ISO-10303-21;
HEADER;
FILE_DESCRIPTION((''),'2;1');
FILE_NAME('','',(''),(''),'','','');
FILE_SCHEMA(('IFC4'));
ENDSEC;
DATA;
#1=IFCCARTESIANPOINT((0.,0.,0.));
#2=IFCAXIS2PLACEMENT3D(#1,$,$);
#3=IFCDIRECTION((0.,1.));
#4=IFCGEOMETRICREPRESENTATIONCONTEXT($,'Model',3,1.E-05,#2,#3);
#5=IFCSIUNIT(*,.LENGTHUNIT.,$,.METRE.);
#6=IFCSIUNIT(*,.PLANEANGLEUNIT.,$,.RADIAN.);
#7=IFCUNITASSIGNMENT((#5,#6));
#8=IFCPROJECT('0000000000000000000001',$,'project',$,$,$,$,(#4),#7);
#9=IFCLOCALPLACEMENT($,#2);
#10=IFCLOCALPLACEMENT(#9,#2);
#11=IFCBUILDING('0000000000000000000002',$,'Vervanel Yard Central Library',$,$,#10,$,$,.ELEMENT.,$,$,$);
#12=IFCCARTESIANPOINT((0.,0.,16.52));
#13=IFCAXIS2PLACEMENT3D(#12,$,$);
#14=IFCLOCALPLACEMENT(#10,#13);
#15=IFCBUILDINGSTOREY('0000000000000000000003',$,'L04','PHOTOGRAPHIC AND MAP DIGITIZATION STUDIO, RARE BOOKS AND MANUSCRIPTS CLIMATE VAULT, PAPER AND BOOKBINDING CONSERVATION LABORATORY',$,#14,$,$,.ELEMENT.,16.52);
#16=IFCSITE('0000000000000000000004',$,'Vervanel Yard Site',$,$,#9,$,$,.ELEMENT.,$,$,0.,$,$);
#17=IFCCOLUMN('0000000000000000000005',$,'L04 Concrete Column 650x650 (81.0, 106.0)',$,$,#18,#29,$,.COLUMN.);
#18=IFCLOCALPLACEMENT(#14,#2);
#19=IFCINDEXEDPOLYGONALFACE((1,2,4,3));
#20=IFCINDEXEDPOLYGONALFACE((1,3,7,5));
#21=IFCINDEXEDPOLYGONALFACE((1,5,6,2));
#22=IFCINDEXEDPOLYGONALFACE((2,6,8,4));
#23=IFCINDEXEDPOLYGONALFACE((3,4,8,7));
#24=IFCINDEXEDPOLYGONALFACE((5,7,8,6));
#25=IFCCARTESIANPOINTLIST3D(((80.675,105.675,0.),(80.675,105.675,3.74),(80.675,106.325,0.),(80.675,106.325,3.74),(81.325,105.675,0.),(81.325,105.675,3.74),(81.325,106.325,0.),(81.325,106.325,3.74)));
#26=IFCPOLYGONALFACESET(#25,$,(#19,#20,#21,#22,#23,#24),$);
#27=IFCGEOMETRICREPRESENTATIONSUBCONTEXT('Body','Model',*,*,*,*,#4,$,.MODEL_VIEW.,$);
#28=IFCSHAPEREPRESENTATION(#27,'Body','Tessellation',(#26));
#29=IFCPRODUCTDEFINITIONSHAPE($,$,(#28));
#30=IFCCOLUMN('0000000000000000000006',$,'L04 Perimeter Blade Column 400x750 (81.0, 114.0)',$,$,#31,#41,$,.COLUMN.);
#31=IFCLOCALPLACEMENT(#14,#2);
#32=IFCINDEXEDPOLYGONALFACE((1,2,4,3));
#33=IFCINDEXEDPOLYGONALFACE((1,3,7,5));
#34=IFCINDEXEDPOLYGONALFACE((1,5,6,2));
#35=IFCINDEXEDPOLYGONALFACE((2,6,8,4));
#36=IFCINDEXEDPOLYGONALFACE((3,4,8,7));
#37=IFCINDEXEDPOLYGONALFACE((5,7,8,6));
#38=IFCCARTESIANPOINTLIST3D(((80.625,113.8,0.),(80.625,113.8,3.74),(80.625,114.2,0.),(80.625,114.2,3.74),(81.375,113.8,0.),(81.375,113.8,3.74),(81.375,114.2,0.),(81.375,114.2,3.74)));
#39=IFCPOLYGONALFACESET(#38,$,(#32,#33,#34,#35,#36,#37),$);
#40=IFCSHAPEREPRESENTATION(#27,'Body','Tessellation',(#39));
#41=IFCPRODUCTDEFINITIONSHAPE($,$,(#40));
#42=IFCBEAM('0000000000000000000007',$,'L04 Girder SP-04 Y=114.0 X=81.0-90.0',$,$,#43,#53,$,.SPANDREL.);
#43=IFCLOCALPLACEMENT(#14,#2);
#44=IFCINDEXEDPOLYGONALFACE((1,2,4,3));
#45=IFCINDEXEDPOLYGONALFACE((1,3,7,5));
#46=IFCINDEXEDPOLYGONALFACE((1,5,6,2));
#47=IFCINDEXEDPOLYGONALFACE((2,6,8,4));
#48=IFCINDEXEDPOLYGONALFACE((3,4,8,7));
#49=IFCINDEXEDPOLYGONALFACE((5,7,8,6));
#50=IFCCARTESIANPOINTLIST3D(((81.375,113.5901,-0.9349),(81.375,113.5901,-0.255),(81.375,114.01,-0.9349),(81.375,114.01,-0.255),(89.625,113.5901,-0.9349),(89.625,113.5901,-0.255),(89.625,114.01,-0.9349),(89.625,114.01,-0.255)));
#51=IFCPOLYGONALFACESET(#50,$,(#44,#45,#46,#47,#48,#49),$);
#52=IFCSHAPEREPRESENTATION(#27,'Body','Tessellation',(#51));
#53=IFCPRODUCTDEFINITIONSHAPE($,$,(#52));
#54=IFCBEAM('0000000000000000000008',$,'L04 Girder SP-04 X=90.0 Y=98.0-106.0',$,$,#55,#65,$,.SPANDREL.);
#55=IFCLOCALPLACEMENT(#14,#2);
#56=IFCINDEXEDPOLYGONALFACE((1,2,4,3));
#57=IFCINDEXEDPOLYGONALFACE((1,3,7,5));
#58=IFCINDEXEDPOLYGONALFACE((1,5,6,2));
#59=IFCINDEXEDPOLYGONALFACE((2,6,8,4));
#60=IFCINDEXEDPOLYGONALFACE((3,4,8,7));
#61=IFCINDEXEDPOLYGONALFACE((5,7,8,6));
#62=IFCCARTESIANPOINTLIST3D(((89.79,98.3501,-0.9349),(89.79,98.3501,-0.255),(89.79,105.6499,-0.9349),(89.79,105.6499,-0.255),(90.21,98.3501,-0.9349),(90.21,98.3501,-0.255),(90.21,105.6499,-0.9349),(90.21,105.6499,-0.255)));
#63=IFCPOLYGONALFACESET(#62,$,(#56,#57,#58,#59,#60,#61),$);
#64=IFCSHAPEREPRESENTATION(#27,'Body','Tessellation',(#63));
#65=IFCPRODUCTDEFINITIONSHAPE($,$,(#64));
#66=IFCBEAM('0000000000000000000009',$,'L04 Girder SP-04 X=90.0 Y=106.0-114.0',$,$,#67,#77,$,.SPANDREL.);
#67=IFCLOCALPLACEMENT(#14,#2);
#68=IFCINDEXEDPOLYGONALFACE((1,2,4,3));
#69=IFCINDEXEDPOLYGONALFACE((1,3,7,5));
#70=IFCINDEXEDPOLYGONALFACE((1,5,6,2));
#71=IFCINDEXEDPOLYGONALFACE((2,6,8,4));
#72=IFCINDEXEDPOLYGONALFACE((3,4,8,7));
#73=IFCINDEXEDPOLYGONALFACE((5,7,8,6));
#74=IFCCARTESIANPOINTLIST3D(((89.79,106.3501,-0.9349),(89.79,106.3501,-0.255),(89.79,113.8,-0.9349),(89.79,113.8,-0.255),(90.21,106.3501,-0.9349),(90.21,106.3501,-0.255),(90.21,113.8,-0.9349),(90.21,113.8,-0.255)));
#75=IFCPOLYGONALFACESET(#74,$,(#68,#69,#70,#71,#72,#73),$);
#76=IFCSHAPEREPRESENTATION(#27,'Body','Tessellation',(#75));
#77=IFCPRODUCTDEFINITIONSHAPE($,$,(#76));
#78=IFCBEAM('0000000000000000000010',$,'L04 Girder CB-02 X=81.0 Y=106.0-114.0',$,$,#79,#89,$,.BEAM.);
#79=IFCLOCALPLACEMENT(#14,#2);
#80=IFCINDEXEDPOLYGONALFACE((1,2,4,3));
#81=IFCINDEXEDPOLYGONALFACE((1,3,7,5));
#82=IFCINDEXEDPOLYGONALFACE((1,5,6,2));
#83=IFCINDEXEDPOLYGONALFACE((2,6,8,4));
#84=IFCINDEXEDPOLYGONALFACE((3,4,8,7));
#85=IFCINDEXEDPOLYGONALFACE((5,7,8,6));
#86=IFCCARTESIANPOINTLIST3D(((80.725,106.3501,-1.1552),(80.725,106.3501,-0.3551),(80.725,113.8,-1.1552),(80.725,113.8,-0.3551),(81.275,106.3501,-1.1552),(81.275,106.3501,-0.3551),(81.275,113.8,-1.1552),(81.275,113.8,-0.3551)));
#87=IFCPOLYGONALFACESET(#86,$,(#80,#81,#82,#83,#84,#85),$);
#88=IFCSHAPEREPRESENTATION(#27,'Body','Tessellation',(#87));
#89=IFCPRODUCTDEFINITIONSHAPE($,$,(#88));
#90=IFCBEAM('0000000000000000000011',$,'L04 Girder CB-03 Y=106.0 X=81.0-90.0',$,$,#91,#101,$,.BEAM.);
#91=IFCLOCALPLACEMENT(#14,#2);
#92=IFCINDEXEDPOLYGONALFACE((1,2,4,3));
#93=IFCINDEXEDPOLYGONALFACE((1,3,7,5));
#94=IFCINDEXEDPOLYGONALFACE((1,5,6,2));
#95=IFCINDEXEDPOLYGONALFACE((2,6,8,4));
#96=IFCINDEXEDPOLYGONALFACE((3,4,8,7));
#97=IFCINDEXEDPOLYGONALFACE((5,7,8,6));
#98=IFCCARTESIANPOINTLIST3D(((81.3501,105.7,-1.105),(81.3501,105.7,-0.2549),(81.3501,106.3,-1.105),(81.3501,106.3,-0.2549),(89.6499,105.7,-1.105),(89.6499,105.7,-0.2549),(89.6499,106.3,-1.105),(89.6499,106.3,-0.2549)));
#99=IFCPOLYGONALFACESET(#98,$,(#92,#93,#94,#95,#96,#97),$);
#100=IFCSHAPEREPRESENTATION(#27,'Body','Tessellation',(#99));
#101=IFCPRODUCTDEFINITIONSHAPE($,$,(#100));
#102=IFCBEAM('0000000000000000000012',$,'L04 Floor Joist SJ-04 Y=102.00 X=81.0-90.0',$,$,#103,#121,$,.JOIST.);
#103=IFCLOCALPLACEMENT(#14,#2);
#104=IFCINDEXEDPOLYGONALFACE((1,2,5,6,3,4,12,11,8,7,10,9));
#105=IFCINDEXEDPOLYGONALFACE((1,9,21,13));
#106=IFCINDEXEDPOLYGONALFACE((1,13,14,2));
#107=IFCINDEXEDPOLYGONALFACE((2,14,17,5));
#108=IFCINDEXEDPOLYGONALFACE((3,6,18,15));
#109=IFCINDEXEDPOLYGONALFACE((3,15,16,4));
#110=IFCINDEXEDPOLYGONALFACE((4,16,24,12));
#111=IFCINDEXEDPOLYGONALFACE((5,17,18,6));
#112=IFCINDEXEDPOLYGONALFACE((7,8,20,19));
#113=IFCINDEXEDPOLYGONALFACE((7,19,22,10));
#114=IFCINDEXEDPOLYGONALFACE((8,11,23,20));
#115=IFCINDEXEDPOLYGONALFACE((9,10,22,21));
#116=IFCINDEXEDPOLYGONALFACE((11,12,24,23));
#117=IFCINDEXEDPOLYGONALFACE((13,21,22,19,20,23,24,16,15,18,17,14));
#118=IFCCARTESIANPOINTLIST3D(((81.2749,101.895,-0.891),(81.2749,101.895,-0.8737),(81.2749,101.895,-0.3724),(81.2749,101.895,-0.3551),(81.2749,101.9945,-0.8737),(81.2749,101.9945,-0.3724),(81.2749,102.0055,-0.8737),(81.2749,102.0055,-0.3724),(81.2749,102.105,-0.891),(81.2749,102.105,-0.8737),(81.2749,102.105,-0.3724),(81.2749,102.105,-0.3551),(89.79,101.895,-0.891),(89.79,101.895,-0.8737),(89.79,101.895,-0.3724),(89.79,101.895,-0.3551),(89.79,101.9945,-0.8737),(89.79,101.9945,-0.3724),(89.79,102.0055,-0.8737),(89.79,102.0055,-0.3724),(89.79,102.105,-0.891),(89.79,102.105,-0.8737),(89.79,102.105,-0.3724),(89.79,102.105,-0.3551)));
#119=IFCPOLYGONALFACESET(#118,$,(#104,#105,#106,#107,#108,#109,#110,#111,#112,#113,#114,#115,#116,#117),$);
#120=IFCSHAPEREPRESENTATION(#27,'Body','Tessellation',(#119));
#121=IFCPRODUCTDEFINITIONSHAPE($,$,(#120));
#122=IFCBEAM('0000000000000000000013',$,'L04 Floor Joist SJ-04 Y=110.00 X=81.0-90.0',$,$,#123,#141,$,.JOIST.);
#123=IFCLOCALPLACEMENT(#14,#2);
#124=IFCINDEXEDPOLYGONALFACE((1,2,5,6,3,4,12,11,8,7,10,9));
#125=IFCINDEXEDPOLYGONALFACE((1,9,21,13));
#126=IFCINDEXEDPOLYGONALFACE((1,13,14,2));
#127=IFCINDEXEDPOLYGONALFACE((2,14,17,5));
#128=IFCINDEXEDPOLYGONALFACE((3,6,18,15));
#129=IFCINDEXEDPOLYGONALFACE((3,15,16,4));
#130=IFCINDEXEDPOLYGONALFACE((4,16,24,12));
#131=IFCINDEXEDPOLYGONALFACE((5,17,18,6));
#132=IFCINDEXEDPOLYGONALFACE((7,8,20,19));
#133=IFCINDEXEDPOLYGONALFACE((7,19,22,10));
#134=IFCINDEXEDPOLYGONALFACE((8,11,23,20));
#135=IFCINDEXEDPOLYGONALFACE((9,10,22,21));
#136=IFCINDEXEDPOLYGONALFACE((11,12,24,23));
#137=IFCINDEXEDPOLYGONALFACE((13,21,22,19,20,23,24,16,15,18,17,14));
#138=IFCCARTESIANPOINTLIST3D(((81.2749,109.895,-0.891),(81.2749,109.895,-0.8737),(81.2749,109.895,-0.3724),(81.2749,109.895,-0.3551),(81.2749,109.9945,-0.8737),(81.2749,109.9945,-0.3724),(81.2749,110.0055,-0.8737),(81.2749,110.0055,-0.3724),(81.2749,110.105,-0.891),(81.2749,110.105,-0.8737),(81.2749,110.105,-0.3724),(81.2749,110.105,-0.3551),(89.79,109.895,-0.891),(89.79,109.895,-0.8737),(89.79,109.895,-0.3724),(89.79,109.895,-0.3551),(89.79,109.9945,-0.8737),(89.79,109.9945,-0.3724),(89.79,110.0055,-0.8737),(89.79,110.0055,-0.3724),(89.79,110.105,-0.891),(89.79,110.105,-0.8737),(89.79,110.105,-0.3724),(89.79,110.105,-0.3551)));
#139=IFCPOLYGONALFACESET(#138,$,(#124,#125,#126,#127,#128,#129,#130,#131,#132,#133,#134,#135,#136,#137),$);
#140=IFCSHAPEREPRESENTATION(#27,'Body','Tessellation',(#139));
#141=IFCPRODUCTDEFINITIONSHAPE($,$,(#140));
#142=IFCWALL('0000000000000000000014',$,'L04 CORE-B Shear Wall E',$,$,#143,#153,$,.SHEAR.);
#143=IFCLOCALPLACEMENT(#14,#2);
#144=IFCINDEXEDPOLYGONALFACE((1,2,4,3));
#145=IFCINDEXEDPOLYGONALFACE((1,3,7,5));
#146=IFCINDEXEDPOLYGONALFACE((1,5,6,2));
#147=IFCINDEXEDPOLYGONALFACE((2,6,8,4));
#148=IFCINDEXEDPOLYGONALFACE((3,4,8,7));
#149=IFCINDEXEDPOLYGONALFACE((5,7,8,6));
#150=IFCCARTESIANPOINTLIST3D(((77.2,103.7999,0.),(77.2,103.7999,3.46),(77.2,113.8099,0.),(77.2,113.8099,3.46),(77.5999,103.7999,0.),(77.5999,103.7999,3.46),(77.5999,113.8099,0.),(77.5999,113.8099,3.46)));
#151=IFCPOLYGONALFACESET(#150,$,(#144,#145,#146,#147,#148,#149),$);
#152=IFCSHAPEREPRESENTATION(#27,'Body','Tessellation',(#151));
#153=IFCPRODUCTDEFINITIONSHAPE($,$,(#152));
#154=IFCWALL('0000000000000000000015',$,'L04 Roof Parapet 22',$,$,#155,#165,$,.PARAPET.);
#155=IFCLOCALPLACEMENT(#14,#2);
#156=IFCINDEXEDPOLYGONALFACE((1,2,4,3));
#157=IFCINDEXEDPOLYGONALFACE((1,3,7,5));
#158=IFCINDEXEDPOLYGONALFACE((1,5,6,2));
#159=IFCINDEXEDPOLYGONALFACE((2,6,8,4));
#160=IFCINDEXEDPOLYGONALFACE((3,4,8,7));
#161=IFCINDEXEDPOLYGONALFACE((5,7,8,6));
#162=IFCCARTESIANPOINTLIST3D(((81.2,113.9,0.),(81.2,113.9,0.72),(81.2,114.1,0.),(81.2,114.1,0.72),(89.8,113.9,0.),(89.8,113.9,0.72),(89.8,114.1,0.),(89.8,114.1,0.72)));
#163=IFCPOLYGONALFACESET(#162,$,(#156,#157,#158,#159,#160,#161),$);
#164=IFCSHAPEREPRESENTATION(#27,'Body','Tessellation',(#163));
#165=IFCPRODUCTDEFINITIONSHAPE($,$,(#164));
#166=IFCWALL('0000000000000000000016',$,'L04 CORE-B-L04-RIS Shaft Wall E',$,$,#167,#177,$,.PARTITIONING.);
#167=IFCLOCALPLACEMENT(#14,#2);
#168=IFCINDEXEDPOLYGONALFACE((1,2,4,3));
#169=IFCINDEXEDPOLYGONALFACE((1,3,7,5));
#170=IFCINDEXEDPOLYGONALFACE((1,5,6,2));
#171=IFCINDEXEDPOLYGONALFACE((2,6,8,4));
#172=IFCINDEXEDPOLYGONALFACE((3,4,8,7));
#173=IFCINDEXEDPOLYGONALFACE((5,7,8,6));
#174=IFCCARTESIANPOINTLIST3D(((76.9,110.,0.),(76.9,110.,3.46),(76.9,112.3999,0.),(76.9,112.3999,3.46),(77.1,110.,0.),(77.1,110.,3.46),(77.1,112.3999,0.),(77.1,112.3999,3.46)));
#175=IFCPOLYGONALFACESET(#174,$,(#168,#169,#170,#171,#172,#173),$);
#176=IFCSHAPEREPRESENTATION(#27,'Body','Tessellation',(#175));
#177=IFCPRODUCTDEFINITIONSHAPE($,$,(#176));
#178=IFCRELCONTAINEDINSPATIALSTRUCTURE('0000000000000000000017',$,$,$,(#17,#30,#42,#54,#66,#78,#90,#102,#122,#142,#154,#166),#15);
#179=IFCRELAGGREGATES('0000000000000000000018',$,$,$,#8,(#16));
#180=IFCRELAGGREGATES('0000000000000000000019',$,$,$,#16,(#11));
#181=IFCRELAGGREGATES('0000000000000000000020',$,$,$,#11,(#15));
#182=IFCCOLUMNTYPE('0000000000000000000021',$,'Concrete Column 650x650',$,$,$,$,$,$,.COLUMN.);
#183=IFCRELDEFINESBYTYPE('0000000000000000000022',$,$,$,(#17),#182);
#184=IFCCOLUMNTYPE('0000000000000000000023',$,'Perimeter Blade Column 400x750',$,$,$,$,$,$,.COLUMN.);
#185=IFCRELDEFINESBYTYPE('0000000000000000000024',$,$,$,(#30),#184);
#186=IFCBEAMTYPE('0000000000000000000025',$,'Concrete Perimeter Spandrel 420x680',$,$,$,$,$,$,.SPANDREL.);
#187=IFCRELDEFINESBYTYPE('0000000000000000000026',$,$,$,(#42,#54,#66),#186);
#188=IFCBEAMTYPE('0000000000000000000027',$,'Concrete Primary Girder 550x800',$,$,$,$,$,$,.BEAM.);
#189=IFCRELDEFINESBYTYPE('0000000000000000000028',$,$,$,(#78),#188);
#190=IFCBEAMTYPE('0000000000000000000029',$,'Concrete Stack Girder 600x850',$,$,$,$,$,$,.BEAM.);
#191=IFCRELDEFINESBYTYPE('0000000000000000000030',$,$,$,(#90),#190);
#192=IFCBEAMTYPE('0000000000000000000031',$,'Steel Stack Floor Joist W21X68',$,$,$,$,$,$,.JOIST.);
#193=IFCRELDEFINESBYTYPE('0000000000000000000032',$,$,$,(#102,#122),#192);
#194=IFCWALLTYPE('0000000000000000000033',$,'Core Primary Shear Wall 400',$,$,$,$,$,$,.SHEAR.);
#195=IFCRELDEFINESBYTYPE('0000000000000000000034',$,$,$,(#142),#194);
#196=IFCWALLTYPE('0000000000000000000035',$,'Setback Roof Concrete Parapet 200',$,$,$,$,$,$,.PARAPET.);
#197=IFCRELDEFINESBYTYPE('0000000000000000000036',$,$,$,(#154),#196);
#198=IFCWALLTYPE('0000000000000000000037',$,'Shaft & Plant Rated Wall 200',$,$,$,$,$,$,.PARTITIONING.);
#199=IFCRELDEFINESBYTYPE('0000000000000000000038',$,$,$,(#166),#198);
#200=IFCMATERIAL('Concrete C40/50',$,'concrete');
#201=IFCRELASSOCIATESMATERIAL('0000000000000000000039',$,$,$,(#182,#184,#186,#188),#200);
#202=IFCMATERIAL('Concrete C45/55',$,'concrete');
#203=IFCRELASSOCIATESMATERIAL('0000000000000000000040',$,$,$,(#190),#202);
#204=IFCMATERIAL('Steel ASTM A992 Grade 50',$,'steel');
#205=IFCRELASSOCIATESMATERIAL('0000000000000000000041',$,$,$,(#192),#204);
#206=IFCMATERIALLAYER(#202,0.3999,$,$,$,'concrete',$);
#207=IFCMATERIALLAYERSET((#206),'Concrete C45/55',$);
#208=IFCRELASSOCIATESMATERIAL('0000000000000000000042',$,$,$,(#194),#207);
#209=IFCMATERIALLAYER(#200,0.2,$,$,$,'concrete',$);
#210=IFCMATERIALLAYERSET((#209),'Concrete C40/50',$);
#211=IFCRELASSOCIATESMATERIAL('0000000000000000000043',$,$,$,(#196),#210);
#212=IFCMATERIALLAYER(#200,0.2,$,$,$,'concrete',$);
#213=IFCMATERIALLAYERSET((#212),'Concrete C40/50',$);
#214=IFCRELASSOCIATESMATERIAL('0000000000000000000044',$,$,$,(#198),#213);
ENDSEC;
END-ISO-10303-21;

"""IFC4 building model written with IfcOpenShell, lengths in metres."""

from ifc_helpers import new_model, si_unit, direction, frame, frame_2d, origin, origin_2d, place, context, subcontext, project, spatial, rectangle, i_section, extrude, material, layer, layer_set, material_profile, profile_set, type_object, element, save


model = new_model("IFC4")

# Units and contexts
model_context = context("Model", 3, precision=1e-05, world=origin(), true_north=direction((0.0, 1.0)))
body_context = subcontext(model_context, "Body", "Model", "MODEL_VIEW")
ifc_project = project(units=[si_unit("LENGTHUNIT", "METRE"), si_unit("PLANEANGLEUNIT", "RADIAN")], contexts=[model_context])

# Site, building, storey
site_placement = place(None, origin())
site = spatial("IfcSite", under=ifc_project, at=site_placement, Name="Vervanel Yard Site", CompositionType="ELEMENT", RefElevation=0.0)
building_placement = place(site_placement, origin())
building = spatial("IfcBuilding", under=site, at=building_placement, Name="Vervanel Yard Central Library", CompositionType="ELEMENT")
storey_placement = place(building_placement, frame((0.0, 0.0, 16.52)))
storey = spatial("IfcBuildingStorey", under=building, at=storey_placement, Name="L04", Description="PHOTOGRAPHIC AND MAP DIGITIZATION STUDIO, RARE BOOKS AND MANUSCRIPTS CLIMATE VAULT, PAPER AND BOOKBINDING CONSERVATION LABORATORY", CompositionType="ELEMENT", Elevation=16.52)

# Columns
ifc_material_1 = material(Name="Concrete C40/50", Category="concrete")
ifc_material_profile_1 = material_profile(ifc_material_1, rectangle(XDim=0.6499, YDim=0.6499, at=origin_2d()), Name="RC 650x650", Category="concrete")
ifc_profile_set_1 = profile_set([ifc_material_profile_1], Name="Concrete C40/50")
column_type_1 = type_object("IfcColumnType", Name="Concrete Column 650x650", PredefinedType="COLUMN", material=ifc_profile_set_1)
column_1_placement = place(storey_placement, frame((81.0, 106.0, 0.0), z_axis=(0.0, 0.0, 1.0), x_axis=(1.0, 0.0, 0.0)))
element("IfcColumn", 1, at=column_1_placement, inside=storey, type_object=column_type_1, Name="L04 Concrete Column 650x650 (81.0, 106.0)", PredefinedType="COLUMN", context=body_context, shape_type="SweptSolid", body=[
    extrude(rectangle(XDim=0.6499, YDim=0.6499, at=origin_2d()), origin(), (0.0, 0.0, 1.0), 3.74),
])
ifc_material_profile_2 = material_profile(ifc_material_1, rectangle(XDim=0.3999, YDim=0.75, at=origin_2d()), Name="RC 400x750", Category="concrete")
ifc_profile_set_2 = profile_set([ifc_material_profile_2], Name="Concrete C40/50")
column_type_2 = type_object("IfcColumnType", Name="Perimeter Blade Column 400x750", PredefinedType="COLUMN", material=ifc_profile_set_2)
column_2_placement = place(storey_placement, frame((81.0, 114.0, 0.0), z_axis=(0.0, 0.0, 1.0), x_axis=(0.0, 1.0, 0.0)))
element("IfcColumn", 2, at=column_2_placement, inside=storey, type_object=column_type_2, Name="L04 Perimeter Blade Column 400x750 (81.0, 114.0)", PredefinedType="COLUMN", context=body_context, shape_type="SweptSolid", body=[
    extrude(rectangle(XDim=0.3999, YDim=0.75, at=origin_2d()), origin(), (0.0, 0.0, 1.0), 3.74),
])

# Beams
ifc_material_profile_3 = material_profile(ifc_material_1, rectangle(XDim=0.4199, YDim=0.6799, at=origin_2d()), Name="RC 420x680", Category="concrete")
ifc_profile_set_3 = profile_set([ifc_material_profile_3], Name="Concrete C40/50")
beam_type_1 = type_object("IfcBeamType", Name="Concrete Perimeter Spandrel 420x680", PredefinedType="SPANDREL", material=ifc_profile_set_3)
beam_1_placement = place(storey_placement, frame((81.375, 113.8, -0.595), z_axis=(1.0, 0.0, 0.0), x_axis=(0.0, 1.0, 0.0)))
element("IfcBeam", 3, at=beam_1_placement, inside=storey, type_object=beam_type_1, Name="L04 Girder SP-04 Y=114.0 X=81.0-90.0", PredefinedType="SPANDREL", context=body_context, shape_type="SweptSolid", body=[
    extrude(rectangle(XDim=0.4199, YDim=0.6799, at=origin_2d()), origin(), (0.0, 0.0, 1.0), 8.25),
])
beam_2_placement = place(storey_placement, frame((90.0, 98.3501, -0.595), z_axis=(0.0, 1.0, 0.0), x_axis=(-1.0, 0.0, 0.0)))
element("IfcBeam", 4, at=beam_2_placement, inside=storey, type_object=beam_type_1, Name="L04 Girder SP-04 X=90.0 Y=98.0-106.0", PredefinedType="SPANDREL", context=body_context, shape_type="SweptSolid", body=[
    extrude(rectangle(XDim=0.4199, YDim=0.6799, at=origin_2d()), origin(), (0.0, 0.0, 1.0), 7.2998),
])
beam_3_placement = place(storey_placement, frame((90.0, 106.3501, -0.595), z_axis=(0.0, 1.0, 0.0), x_axis=(-1.0, 0.0, 0.0)))
element("IfcBeam", 5, at=beam_3_placement, inside=storey, type_object=beam_type_1, Name="L04 Girder SP-04 X=90.0 Y=106.0-114.0", PredefinedType="SPANDREL", context=body_context, shape_type="SweptSolid", body=[
    extrude(rectangle(XDim=0.4199, YDim=0.6799, at=origin_2d()), origin(), (0.0, 0.0, 1.0), 7.45),
])
ifc_material_profile_4 = material_profile(ifc_material_1, rectangle(XDim=0.55, YDim=0.8, at=origin_2d()), Name="RC 550x800", Category="concrete")
ifc_profile_set_4 = profile_set([ifc_material_profile_4], Name="Concrete C40/50")
beam_type_2 = type_object("IfcBeamType", Name="Concrete Primary Girder 550x800", PredefinedType="BEAM", material=ifc_profile_set_4)
beam_4_placement = place(storey_placement, frame((81.0, 106.3501, -0.7551), z_axis=(0.0, 1.0, 0.0), x_axis=(-1.0, 0.0, 0.0)))
element("IfcBeam", 6, at=beam_4_placement, inside=storey, type_object=beam_type_2, Name="L04 Girder CB-02 X=81.0 Y=106.0-114.0", PredefinedType="BEAM", context=body_context, shape_type="SweptSolid", body=[
    extrude(rectangle(XDim=0.55, YDim=0.8, at=origin_2d()), origin(), (0.0, 0.0, 1.0), 7.45),
])
ifc_material_2 = material(Name="Concrete C45/55", Category="concrete")
ifc_material_profile_5 = material_profile(ifc_material_2, rectangle(XDim=0.6001, YDim=0.8501, at=origin_2d()), Name="RC 600x850", Category="concrete")
ifc_profile_set_5 = profile_set([ifc_material_profile_5], Name="Concrete C45/55")
beam_type_3 = type_object("IfcBeamType", Name="Concrete Stack Girder 600x850", PredefinedType="BEAM", material=ifc_profile_set_5)
beam_5_placement = place(storey_placement, frame((81.3501, 106.0, -0.6799), z_axis=(1.0, 0.0, 0.0), x_axis=(0.0, 1.0, 0.0)))
element("IfcBeam", 7, at=beam_5_placement, inside=storey, type_object=beam_type_3, Name="L04 Girder CB-03 Y=106.0 X=81.0-90.0", PredefinedType="BEAM", context=body_context, shape_type="SweptSolid", body=[
    extrude(rectangle(XDim=0.6001, YDim=0.8501, at=origin_2d()), origin(), (0.0, 0.0, 1.0), 8.2998),
])
ifc_material_3 = material(Name="Steel ASTM A992 Grade 50", Category="steel")
ifc_material_profile_6 = material_profile(ifc_material_3, i_section(OverallWidth=0.21, OverallDepth=0.5359, WebThickness=0.011, FlangeThickness=0.0173, at=origin_2d()), Name="W21X68", Category="steel")
ifc_profile_set_6 = profile_set([ifc_material_profile_6], Name="Steel ASTM A992 Grade 50")
beam_type_4 = type_object("IfcBeamType", Name="Steel Stack Floor Joist W21X68", PredefinedType="JOIST", material=ifc_profile_set_6)
for number, where, z_axis, x_axis, name in (
    (8, (81.2749, 102.0, -0.623), (1.0, 0.0, 0.0), (0.0, 1.0, 0.0), "L04 Floor Joist SJ-04 Y=102.00 X=81.0-90.0"),
    (9, (81.2749, 110.0, -0.623), (1.0, 0.0, 0.0), (0.0, 1.0, 0.0), "L04 Floor Joist SJ-04 Y=110.00 X=81.0-90.0"),
):
    element("IfcBeam", number, at=place(storey_placement, frame(where, z_axis=z_axis, x_axis=x_axis)), inside=storey, type_object=beam_type_4, Name=name, PredefinedType="JOIST", context=body_context, shape_type="SweptSolid", body=[
        extrude(i_section(OverallWidth=0.21, OverallDepth=0.5359, WebThickness=0.011, FlangeThickness=0.0173, at=origin_2d()), origin(), (0.0, 0.0, 1.0), 8.5151),
    ])

# Wall
ifc_layer_1 = layer(ifc_material_2, 0.3999, Category="concrete")
ifc_layer_set_1 = layer_set([ifc_layer_1], Name="Concrete C45/55")
wall_type_1 = type_object("IfcWallType", Name="Core Primary Shear Wall 400", PredefinedType="SHEAR", material=ifc_layer_set_1)
wall_1_placement = place(storey_placement, frame((77.3999, 103.8, 0.0), z_axis=(0.0, 0.0, 1.0), x_axis=(0.0, 1.0, 0.0)))
element("IfcWall", 10, at=wall_1_placement, inside=storey, type_object=wall_type_1, Name="L04 CORE-B Shear Wall E", PredefinedType="SHEAR", context=body_context, shape_type="SweptSolid", body=[
    extrude(rectangle(XDim=10.01, YDim=0.3999, at=frame_2d((5.0049, 0.0))), origin(), (0.0, 0.0, 1.0), 3.46),
])

# Walls
ifc_layer_2 = layer(ifc_material_1, 0.2, Category="concrete")
ifc_layer_set_2 = layer_set([ifc_layer_2], Name="Concrete C40/50")
wall_type_2 = type_object("IfcWallType", Name="Setback Roof Concrete Parapet 200", PredefinedType="PARAPET", material=ifc_layer_set_2)
wall_2_placement = place(storey_placement, frame((89.8, 114.0, 0.0), z_axis=(0.0, 0.0, 1.0), x_axis=(-1.0, 0.0, 0.0)))
element("IfcWall", 11, at=wall_2_placement, inside=storey, type_object=wall_type_2, Name="L04 Roof Parapet 22", PredefinedType="PARAPET", context=body_context, shape_type="SweptSolid", body=[
    extrude(rectangle(XDim=8.6001, YDim=0.2, at=frame_2d((4.3, 0.0))), origin(), (0.0, 0.0, 1.0), 0.72),
])
ifc_layer_3 = layer(ifc_material_1, 0.2, Category="concrete")
ifc_layer_set_3 = layer_set([ifc_layer_3], Name="Concrete C40/50")
wall_type_3 = type_object("IfcWallType", Name="Shaft & Plant Rated Wall 200", PredefinedType="PARTITIONING", material=ifc_layer_set_3)
wall_3_placement = place(storey_placement, frame((77.0, 110.0, 0.0), z_axis=(0.0, 0.0, 1.0), x_axis=(0.0, 1.0, 0.0)))
element("IfcWall", 12, at=wall_3_placement, inside=storey, type_object=wall_type_3, Name="L04 CORE-B-L04-RIS Shaft Wall E", PredefinedType="PARTITIONING", context=body_context, shape_type="SweptSolid", body=[
    extrude(rectangle(XDim=2.3999, YDim=0.2, at=frame_2d((1.2, 0.0))), origin(), (0.0, 0.0, 1.0), 3.46),
])

save(model, "model.ifc")
